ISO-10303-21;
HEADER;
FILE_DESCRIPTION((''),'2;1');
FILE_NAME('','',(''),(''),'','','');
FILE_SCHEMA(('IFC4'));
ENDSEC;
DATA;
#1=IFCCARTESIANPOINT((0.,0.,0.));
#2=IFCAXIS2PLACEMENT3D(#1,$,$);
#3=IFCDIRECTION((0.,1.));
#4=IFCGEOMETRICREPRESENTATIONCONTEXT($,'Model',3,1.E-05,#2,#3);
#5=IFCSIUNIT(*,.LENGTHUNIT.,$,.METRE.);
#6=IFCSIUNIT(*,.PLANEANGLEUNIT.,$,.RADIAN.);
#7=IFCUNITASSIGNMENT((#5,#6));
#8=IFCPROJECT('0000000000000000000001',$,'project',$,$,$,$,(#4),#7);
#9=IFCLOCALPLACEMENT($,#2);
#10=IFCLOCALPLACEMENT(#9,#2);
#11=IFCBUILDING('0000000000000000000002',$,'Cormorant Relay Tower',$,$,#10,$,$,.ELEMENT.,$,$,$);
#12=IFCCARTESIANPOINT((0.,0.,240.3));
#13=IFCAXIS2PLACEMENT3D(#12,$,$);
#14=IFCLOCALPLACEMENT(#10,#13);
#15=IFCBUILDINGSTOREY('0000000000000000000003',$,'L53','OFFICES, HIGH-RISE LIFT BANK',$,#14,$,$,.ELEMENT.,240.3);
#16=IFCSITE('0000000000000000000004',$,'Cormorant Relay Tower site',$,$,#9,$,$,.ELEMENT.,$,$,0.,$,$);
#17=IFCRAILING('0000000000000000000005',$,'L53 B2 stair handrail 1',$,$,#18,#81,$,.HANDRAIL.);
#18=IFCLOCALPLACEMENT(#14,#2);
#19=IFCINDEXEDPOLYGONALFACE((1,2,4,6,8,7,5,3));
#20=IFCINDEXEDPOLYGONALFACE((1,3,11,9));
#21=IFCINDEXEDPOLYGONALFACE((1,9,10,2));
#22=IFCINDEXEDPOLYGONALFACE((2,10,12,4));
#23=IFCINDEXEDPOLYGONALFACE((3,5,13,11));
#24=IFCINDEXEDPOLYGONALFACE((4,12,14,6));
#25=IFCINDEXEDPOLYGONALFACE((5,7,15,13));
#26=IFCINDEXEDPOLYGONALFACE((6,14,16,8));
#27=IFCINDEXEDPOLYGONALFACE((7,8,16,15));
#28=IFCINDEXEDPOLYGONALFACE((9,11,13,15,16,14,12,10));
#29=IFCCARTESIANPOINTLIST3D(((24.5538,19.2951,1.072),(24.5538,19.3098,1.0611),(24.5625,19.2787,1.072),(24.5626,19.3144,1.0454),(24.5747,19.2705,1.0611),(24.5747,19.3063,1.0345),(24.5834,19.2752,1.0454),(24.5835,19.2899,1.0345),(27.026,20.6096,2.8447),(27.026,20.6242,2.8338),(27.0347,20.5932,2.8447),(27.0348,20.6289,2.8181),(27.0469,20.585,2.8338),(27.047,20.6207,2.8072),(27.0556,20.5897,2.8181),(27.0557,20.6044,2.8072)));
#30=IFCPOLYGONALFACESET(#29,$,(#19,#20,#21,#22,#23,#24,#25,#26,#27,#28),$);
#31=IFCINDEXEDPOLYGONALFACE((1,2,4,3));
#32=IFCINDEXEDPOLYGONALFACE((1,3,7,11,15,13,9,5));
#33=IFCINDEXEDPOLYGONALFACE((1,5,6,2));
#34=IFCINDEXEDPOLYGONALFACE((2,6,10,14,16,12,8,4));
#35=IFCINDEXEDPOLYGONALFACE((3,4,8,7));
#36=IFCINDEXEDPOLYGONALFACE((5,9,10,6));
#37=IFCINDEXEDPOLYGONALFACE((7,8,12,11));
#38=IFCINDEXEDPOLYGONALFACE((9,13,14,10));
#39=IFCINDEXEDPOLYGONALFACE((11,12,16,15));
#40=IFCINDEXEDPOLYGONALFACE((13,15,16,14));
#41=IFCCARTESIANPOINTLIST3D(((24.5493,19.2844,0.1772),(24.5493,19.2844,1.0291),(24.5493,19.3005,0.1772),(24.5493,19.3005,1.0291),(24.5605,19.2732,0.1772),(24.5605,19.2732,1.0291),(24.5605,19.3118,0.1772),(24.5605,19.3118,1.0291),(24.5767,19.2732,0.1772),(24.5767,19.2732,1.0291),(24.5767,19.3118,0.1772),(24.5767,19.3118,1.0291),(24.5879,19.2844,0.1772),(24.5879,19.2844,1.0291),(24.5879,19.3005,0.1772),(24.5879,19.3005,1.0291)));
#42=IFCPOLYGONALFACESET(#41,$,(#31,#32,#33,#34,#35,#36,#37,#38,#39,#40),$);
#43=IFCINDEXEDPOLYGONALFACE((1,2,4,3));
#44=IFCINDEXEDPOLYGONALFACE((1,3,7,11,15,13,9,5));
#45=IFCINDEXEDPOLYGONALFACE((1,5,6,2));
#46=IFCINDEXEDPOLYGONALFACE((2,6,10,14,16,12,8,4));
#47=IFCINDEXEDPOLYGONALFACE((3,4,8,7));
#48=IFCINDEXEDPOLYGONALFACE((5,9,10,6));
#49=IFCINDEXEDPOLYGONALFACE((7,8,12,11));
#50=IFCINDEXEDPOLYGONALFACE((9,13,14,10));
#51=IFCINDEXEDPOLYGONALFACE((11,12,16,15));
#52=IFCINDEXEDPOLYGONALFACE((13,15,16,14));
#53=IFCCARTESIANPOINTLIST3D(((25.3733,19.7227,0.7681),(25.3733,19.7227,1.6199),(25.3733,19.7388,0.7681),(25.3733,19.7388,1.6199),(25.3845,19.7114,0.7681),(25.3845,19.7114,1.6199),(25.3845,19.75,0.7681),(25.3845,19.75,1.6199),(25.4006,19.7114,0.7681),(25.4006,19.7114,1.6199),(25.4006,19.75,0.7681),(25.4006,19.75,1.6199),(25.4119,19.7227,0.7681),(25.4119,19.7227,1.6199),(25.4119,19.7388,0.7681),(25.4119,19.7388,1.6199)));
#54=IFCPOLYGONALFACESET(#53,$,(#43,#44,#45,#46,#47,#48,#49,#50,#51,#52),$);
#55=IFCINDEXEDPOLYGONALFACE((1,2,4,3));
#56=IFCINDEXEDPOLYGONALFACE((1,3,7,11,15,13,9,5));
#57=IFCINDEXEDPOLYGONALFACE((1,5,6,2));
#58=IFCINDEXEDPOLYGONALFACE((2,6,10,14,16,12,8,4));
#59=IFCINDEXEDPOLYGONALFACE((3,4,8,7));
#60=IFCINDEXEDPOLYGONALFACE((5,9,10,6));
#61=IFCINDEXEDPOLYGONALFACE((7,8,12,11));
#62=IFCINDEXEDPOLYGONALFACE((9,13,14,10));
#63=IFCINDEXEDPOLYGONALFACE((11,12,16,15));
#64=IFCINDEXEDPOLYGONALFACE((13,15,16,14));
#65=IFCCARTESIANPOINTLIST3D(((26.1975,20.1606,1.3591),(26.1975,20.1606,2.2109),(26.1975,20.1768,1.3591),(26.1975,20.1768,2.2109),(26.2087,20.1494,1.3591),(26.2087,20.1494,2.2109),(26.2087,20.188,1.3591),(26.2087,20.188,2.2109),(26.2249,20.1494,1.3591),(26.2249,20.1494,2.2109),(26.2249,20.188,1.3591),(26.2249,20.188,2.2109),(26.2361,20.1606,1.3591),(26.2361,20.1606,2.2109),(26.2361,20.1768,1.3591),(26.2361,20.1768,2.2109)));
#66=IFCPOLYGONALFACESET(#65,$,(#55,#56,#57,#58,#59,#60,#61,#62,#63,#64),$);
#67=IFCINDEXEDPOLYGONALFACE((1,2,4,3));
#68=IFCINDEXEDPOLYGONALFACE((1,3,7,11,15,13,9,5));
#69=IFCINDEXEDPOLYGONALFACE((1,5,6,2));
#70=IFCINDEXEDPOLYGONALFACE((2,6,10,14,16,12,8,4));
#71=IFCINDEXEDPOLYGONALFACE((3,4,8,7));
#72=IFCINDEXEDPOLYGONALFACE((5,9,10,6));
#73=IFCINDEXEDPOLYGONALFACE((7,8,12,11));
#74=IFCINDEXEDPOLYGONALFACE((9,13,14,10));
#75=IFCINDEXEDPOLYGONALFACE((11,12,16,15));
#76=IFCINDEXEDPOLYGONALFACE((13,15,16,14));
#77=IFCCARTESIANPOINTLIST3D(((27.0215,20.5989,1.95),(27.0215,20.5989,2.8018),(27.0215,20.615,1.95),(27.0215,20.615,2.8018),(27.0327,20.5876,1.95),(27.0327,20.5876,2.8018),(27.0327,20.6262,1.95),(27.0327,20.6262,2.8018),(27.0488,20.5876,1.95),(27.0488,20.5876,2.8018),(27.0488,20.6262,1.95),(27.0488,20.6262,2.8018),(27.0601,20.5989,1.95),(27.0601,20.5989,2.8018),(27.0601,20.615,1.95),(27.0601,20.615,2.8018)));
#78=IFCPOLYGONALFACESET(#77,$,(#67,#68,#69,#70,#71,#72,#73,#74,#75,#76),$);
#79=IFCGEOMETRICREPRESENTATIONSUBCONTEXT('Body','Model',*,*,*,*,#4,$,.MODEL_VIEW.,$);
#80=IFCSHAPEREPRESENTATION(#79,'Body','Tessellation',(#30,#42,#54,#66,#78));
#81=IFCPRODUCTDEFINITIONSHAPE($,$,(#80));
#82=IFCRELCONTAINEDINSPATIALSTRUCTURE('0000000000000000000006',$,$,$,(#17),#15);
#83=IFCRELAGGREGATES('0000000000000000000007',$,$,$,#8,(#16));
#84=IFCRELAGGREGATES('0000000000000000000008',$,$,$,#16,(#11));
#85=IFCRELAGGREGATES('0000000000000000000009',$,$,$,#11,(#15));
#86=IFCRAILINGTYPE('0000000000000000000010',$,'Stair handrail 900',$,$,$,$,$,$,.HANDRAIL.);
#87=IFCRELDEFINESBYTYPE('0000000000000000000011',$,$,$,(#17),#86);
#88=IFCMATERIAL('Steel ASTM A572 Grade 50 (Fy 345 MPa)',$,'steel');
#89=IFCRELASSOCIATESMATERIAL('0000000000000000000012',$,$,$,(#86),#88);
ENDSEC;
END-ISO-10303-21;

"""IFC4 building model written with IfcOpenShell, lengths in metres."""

from ifc_helpers import new_model, si_unit, direction, frame, origin, place, context, subcontext, project, spatial, polyline, outline, extrude, material, type_object, element, save


model = new_model("IFC4")

# Units and contexts
model_context = context("Model", 3, precision=1e-05, world=origin(), true_north=direction((0.0, 1.0)))
body_context = subcontext(model_context, "Body", "Model", "MODEL_VIEW")
ifc_project = project(units=[si_unit("LENGTHUNIT", "METRE"), si_unit("PLANEANGLEUNIT", "RADIAN")], contexts=[model_context])

# Site, building, storey
site_placement = place(None, origin())
site = spatial("IfcSite", under=ifc_project, at=site_placement, Name="Cormorant Relay Tower site", CompositionType="ELEMENT", RefElevation=0.0)
building_placement = place(site_placement, origin())
building = spatial("IfcBuilding", under=site, at=building_placement, Name="Cormorant Relay Tower", CompositionType="ELEMENT")
storey_placement = place(building_placement, frame((0.0, 0.0, 240.3)))
storey = spatial("IfcBuildingStorey", under=building, at=storey_placement, Name="L53", Description="OFFICES, HIGH-RISE LIFT BANK", CompositionType="ELEMENT", Elevation=240.3)

# Railing
ifc_material_1 = material(Name="Steel ASTM A572 Grade 50 (Fy 345 MPa)", Category="steel")
railing_type_1 = type_object("IfcRailingType", Name="Stair handrail 900", PredefinedType="HANDRAIL", material=ifc_material_1)
railing_1_placement = place(storey_placement, frame((24.5686, 19.2925, 0.1772)))
element("IfcRailing", 1, at=railing_1_placement, inside=storey, type_object=railing_type_1, Name="L53 B2 stair handrail 1", PredefinedType="HANDRAIL", context=body_context, shape_type="SweptSolid", body=[
    extrude(outline(polyline([(0.0222, 0.0093), (0.0093, 0.0222), (-0.0093, 0.0222), (-0.0222, 0.0093), (-0.0222, -0.0093), (-0.0093, -0.0222), (0.0093, -0.0222), (0.0222, -0.0093), (0.0222, 0.0093)])), frame((0.0, 0.0, 0.876), z_axis=(0.746001, 0.396649, 0.534931), x_axis=(-0.469465, 0.882951, 0.0)), (0.0, 0.0, 1.0), 3.314),
    extrude(outline(polyline([(0.0193, 0.0081), (0.0081, 0.0193), (-0.0081, 0.0193), (-0.0193, 0.0081), (-0.0193, -0.0081), (-0.0081, -0.0193), (0.0081, -0.0193), (0.0193, -0.0081), (0.0193, 0.0081)])), origin(), (0.0, 0.0, 1.0), 0.8518),
    extrude(outline(polyline([(0.0193, 0.0081), (0.0081, 0.0193), (-0.0081, 0.0193), (-0.0193, 0.0081), (-0.0193, -0.0081), (-0.0081, -0.0193), (0.0081, -0.0193), (0.0193, -0.0081), (0.0193, 0.0081)])), frame((0.824, 0.4382, 0.5908)), (0.0, 0.0, 1.0), 0.8518),
    extrude(outline(polyline([(0.0193, 0.0081), (0.0081, 0.0193), (-0.0081, 0.0193), (-0.0193, 0.0081), (-0.0193, -0.0081), (-0.0081, -0.0193), (0.0081, -0.0193), (0.0193, -0.0081), (0.0193, 0.0081)])), frame((1.6482, 0.8762, 1.1819)), (0.0, 0.0, 1.0), 0.8518),
    extrude(outline(polyline([(0.0193, 0.0081), (0.0081, 0.0193), (-0.0081, 0.0193), (-0.0193, 0.0081), (-0.0193, -0.0081), (-0.0081, -0.0193), (0.0081, -0.0193), (0.0193, -0.0081), (0.0193, 0.0081)])), frame((2.4722, 1.3145, 1.7727)), (0.0, 0.0, 1.0), 0.8518),
])

save(model, "model.ifc")
